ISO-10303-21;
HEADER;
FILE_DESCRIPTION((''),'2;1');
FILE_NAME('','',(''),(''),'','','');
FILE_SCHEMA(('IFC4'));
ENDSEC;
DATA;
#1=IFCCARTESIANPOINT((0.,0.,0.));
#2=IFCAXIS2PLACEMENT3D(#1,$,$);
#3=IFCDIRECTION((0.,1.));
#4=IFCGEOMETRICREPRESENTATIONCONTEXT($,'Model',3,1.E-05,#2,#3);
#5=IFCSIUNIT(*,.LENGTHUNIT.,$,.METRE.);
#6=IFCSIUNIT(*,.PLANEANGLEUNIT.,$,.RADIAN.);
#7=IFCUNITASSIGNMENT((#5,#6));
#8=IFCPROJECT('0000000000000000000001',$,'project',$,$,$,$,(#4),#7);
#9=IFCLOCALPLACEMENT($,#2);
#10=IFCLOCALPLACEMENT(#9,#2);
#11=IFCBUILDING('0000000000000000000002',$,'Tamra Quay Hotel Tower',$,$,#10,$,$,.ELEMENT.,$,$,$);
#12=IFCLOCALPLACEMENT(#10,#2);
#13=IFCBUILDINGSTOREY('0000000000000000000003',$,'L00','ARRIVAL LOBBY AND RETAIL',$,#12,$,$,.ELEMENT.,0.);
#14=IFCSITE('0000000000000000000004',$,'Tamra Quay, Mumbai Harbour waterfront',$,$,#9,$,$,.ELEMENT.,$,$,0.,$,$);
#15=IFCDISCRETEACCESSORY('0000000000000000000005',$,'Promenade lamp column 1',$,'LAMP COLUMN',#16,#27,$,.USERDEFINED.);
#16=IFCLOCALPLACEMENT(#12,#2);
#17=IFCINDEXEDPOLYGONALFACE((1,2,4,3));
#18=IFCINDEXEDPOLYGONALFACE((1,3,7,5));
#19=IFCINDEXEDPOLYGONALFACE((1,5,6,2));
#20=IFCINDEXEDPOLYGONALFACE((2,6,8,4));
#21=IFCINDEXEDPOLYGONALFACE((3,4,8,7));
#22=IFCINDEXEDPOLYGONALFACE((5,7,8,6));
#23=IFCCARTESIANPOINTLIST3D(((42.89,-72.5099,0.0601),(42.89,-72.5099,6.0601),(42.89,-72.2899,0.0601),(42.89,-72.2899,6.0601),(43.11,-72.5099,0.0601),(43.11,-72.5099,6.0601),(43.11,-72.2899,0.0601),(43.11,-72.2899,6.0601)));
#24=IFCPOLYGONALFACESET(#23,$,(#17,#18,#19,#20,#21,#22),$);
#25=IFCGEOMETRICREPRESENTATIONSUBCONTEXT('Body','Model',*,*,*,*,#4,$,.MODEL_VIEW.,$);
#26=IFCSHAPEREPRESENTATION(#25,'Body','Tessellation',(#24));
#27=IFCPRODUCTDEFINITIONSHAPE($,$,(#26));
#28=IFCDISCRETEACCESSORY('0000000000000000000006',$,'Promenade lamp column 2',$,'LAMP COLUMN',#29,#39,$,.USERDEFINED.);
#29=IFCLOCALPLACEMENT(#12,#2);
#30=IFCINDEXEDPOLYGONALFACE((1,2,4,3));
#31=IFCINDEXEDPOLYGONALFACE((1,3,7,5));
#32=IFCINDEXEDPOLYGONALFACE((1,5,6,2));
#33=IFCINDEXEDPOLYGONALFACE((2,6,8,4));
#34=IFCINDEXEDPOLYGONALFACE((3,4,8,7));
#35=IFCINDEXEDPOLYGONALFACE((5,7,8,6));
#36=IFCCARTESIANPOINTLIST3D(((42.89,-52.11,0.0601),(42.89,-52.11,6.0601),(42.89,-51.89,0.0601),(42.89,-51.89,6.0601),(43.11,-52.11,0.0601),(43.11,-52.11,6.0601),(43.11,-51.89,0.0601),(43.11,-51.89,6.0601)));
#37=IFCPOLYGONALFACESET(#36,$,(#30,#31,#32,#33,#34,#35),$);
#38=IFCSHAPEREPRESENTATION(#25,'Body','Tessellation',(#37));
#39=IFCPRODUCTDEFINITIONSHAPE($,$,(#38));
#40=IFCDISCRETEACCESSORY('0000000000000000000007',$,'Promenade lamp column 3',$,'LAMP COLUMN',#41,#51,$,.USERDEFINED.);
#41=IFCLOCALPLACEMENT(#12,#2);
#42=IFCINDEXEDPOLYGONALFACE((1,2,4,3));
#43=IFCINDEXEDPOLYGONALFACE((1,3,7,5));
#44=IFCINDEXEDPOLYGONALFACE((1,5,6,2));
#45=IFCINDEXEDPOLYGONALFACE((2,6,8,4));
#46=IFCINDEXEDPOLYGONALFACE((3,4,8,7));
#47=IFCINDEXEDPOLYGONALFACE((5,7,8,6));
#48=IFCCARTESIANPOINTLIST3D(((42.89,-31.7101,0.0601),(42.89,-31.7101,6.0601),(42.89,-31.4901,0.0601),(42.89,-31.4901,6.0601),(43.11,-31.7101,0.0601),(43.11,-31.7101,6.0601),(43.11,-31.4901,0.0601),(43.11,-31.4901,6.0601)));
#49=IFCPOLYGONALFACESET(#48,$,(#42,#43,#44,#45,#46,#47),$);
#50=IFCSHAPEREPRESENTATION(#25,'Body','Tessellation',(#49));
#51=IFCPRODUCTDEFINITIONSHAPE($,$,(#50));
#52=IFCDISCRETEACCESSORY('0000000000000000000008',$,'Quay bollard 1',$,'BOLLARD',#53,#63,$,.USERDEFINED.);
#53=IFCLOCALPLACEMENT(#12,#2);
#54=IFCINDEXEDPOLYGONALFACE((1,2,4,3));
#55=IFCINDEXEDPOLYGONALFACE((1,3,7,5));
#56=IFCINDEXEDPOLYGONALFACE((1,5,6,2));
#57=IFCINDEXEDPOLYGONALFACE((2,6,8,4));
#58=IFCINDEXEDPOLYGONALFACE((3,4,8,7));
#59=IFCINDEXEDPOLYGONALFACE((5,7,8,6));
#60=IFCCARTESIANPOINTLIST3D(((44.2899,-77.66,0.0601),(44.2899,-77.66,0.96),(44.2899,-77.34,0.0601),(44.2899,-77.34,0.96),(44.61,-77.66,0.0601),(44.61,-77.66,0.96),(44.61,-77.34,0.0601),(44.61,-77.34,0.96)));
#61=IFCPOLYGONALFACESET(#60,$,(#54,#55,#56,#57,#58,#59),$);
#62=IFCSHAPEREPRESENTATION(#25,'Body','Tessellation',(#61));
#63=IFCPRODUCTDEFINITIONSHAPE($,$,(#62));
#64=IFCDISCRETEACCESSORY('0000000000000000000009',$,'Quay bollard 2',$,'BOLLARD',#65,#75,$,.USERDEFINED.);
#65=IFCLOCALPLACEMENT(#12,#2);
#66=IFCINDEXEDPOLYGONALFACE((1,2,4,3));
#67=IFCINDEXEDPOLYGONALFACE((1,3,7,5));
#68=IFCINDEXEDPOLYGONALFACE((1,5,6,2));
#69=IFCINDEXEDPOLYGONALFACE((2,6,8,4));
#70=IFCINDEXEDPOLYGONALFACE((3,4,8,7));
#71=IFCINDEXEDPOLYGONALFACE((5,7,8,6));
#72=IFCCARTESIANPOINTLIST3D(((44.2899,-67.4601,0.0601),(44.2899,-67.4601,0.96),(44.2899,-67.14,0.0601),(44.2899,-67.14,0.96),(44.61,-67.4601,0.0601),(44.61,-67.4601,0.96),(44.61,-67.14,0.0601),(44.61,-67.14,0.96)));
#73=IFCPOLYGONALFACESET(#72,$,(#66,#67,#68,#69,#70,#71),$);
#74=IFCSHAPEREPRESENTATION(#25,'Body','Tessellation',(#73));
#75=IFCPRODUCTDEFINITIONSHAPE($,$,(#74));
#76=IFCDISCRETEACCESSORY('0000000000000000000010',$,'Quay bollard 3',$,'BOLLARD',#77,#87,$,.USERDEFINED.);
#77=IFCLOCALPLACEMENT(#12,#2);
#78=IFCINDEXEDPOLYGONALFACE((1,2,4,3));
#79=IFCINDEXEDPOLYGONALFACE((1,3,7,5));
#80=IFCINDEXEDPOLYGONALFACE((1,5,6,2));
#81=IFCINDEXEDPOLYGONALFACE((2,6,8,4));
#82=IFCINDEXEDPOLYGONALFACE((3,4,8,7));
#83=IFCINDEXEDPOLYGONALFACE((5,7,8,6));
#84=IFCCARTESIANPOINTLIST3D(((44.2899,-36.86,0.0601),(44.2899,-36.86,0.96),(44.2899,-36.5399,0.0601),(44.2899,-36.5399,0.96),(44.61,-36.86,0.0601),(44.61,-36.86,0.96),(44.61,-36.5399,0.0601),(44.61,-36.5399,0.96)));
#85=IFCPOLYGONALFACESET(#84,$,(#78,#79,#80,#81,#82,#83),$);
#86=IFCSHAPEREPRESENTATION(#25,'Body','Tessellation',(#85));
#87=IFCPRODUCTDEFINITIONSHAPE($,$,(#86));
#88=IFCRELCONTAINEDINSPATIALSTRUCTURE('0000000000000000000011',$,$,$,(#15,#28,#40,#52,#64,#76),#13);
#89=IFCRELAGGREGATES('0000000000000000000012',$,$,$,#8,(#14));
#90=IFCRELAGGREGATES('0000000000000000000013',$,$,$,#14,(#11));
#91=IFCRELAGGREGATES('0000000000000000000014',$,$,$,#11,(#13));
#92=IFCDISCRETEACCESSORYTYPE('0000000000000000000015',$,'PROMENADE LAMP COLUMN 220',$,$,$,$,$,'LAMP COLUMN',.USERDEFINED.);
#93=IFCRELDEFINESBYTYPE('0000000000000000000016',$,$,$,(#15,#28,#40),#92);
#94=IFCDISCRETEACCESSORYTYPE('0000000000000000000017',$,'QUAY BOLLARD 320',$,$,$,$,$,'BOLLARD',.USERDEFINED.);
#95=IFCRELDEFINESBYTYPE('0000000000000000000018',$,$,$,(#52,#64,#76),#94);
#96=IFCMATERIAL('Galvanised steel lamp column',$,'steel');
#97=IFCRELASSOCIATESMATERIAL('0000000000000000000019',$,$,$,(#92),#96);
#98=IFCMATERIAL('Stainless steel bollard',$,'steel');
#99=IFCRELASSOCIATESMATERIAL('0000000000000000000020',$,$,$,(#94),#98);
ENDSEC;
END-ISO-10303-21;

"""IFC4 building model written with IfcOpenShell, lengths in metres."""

from ifc_helpers import new_model, si_unit, direction, frame, origin, origin_2d, place, context, subcontext, project, spatial, rectangle, extrude, material, type_object, element, save


model = new_model("IFC4")

# Units and contexts
model_context = context("Model", 3, precision=1e-05, world=origin(), true_north=direction((0.0, 1.0)))
body_context = subcontext(model_context, "Body", "Model", "MODEL_VIEW")
ifc_project = project(units=[si_unit("LENGTHUNIT", "METRE"), si_unit("PLANEANGLEUNIT", "RADIAN")], contexts=[model_context])

# Site, building, storey
site_placement = place(None, origin())
site = spatial("IfcSite", under=ifc_project, at=site_placement, Name="Tamra Quay, Mumbai Harbour waterfront", CompositionType="ELEMENT", RefElevation=0.0)
building_placement = place(site_placement, origin())
building = spatial("IfcBuilding", under=site, at=building_placement, Name="Tamra Quay Hotel Tower", CompositionType="ELEMENT")
storey_placement = place(building_placement, origin())
storey = spatial("IfcBuildingStorey", under=building, at=storey_placement, Name="L00", Description="ARRIVAL LOBBY AND RETAIL", CompositionType="ELEMENT", Elevation=0.0)

# Discrete accessories
ifc_material_1 = material(Name="Galvanised steel lamp column", Category="steel")
discrete_accessory_type_1 = type_object("IfcDiscreteAccessoryType", Name="PROMENADE LAMP COLUMN 220", ElementType="LAMP COLUMN", PredefinedType="USERDEFINED", material=ifc_material_1)
for number, where, z_axis, x_axis, name in (
    (1, (43.0, -72.3999, 0.0601), (0.0, 0.0, 1.0), (1.0, 0.0, 0.0), "Promenade lamp column 1"),
    (2, (43.0, -52.0, 0.0601), (0.0, 0.0, 1.0), (1.0, 0.0, 0.0), "Promenade lamp column 2"),
    (3, (43.0, -31.6001, 0.0601), (0.0, 0.0, 1.0), (1.0, 0.0, 0.0), "Promenade lamp column 3"),
):
    element("IfcDiscreteAccessory", number, at=place(storey_placement, frame(where, z_axis=z_axis, x_axis=x_axis)), inside=storey, type_object=discrete_accessory_type_1, Name=name, ObjectType="LAMP COLUMN", PredefinedType="USERDEFINED", context=body_context, shape_type="SweptSolid", body=[
        extrude(rectangle(XDim=0.22, YDim=0.22, at=origin_2d()), origin(), (0.0, 0.0, 1.0), 6.0),
    ])
ifc_material_2 = material(Name="Stainless steel bollard", Category="steel")
discrete_accessory_type_2 = type_object("IfcDiscreteAccessoryType", Name="QUAY BOLLARD 320", ElementType="BOLLARD", PredefinedType="USERDEFINED", material=ifc_material_2)
for number, where, z_axis, x_axis, name in (
    (4, (44.45, -77.5, 0.0601), (0.0, 0.0, 1.0), (1.0, 0.0, 0.0), "Quay bollard 1"),
    (5, (44.45, -67.3, 0.0601), (0.0, 0.0, 1.0), (1.0, 0.0, 0.0), "Quay bollard 2"),
    (6, (44.45, -36.7, 0.0601), (0.0, 0.0, 1.0), (1.0, 0.0, 0.0), "Quay bollard 3"),
):
    element("IfcDiscreteAccessory", number, at=place(storey_placement, frame(where, z_axis=z_axis, x_axis=x_axis)), inside=storey, type_object=discrete_accessory_type_2, Name=name, ObjectType="BOLLARD", PredefinedType="USERDEFINED", context=body_context, shape_type="SweptSolid", body=[
        extrude(rectangle(XDim=0.3201, YDim=0.3201, at=origin_2d()), origin(), (0.0, 0.0, 1.0), 0.8999),
    ])

save(model, "model.ifc")
